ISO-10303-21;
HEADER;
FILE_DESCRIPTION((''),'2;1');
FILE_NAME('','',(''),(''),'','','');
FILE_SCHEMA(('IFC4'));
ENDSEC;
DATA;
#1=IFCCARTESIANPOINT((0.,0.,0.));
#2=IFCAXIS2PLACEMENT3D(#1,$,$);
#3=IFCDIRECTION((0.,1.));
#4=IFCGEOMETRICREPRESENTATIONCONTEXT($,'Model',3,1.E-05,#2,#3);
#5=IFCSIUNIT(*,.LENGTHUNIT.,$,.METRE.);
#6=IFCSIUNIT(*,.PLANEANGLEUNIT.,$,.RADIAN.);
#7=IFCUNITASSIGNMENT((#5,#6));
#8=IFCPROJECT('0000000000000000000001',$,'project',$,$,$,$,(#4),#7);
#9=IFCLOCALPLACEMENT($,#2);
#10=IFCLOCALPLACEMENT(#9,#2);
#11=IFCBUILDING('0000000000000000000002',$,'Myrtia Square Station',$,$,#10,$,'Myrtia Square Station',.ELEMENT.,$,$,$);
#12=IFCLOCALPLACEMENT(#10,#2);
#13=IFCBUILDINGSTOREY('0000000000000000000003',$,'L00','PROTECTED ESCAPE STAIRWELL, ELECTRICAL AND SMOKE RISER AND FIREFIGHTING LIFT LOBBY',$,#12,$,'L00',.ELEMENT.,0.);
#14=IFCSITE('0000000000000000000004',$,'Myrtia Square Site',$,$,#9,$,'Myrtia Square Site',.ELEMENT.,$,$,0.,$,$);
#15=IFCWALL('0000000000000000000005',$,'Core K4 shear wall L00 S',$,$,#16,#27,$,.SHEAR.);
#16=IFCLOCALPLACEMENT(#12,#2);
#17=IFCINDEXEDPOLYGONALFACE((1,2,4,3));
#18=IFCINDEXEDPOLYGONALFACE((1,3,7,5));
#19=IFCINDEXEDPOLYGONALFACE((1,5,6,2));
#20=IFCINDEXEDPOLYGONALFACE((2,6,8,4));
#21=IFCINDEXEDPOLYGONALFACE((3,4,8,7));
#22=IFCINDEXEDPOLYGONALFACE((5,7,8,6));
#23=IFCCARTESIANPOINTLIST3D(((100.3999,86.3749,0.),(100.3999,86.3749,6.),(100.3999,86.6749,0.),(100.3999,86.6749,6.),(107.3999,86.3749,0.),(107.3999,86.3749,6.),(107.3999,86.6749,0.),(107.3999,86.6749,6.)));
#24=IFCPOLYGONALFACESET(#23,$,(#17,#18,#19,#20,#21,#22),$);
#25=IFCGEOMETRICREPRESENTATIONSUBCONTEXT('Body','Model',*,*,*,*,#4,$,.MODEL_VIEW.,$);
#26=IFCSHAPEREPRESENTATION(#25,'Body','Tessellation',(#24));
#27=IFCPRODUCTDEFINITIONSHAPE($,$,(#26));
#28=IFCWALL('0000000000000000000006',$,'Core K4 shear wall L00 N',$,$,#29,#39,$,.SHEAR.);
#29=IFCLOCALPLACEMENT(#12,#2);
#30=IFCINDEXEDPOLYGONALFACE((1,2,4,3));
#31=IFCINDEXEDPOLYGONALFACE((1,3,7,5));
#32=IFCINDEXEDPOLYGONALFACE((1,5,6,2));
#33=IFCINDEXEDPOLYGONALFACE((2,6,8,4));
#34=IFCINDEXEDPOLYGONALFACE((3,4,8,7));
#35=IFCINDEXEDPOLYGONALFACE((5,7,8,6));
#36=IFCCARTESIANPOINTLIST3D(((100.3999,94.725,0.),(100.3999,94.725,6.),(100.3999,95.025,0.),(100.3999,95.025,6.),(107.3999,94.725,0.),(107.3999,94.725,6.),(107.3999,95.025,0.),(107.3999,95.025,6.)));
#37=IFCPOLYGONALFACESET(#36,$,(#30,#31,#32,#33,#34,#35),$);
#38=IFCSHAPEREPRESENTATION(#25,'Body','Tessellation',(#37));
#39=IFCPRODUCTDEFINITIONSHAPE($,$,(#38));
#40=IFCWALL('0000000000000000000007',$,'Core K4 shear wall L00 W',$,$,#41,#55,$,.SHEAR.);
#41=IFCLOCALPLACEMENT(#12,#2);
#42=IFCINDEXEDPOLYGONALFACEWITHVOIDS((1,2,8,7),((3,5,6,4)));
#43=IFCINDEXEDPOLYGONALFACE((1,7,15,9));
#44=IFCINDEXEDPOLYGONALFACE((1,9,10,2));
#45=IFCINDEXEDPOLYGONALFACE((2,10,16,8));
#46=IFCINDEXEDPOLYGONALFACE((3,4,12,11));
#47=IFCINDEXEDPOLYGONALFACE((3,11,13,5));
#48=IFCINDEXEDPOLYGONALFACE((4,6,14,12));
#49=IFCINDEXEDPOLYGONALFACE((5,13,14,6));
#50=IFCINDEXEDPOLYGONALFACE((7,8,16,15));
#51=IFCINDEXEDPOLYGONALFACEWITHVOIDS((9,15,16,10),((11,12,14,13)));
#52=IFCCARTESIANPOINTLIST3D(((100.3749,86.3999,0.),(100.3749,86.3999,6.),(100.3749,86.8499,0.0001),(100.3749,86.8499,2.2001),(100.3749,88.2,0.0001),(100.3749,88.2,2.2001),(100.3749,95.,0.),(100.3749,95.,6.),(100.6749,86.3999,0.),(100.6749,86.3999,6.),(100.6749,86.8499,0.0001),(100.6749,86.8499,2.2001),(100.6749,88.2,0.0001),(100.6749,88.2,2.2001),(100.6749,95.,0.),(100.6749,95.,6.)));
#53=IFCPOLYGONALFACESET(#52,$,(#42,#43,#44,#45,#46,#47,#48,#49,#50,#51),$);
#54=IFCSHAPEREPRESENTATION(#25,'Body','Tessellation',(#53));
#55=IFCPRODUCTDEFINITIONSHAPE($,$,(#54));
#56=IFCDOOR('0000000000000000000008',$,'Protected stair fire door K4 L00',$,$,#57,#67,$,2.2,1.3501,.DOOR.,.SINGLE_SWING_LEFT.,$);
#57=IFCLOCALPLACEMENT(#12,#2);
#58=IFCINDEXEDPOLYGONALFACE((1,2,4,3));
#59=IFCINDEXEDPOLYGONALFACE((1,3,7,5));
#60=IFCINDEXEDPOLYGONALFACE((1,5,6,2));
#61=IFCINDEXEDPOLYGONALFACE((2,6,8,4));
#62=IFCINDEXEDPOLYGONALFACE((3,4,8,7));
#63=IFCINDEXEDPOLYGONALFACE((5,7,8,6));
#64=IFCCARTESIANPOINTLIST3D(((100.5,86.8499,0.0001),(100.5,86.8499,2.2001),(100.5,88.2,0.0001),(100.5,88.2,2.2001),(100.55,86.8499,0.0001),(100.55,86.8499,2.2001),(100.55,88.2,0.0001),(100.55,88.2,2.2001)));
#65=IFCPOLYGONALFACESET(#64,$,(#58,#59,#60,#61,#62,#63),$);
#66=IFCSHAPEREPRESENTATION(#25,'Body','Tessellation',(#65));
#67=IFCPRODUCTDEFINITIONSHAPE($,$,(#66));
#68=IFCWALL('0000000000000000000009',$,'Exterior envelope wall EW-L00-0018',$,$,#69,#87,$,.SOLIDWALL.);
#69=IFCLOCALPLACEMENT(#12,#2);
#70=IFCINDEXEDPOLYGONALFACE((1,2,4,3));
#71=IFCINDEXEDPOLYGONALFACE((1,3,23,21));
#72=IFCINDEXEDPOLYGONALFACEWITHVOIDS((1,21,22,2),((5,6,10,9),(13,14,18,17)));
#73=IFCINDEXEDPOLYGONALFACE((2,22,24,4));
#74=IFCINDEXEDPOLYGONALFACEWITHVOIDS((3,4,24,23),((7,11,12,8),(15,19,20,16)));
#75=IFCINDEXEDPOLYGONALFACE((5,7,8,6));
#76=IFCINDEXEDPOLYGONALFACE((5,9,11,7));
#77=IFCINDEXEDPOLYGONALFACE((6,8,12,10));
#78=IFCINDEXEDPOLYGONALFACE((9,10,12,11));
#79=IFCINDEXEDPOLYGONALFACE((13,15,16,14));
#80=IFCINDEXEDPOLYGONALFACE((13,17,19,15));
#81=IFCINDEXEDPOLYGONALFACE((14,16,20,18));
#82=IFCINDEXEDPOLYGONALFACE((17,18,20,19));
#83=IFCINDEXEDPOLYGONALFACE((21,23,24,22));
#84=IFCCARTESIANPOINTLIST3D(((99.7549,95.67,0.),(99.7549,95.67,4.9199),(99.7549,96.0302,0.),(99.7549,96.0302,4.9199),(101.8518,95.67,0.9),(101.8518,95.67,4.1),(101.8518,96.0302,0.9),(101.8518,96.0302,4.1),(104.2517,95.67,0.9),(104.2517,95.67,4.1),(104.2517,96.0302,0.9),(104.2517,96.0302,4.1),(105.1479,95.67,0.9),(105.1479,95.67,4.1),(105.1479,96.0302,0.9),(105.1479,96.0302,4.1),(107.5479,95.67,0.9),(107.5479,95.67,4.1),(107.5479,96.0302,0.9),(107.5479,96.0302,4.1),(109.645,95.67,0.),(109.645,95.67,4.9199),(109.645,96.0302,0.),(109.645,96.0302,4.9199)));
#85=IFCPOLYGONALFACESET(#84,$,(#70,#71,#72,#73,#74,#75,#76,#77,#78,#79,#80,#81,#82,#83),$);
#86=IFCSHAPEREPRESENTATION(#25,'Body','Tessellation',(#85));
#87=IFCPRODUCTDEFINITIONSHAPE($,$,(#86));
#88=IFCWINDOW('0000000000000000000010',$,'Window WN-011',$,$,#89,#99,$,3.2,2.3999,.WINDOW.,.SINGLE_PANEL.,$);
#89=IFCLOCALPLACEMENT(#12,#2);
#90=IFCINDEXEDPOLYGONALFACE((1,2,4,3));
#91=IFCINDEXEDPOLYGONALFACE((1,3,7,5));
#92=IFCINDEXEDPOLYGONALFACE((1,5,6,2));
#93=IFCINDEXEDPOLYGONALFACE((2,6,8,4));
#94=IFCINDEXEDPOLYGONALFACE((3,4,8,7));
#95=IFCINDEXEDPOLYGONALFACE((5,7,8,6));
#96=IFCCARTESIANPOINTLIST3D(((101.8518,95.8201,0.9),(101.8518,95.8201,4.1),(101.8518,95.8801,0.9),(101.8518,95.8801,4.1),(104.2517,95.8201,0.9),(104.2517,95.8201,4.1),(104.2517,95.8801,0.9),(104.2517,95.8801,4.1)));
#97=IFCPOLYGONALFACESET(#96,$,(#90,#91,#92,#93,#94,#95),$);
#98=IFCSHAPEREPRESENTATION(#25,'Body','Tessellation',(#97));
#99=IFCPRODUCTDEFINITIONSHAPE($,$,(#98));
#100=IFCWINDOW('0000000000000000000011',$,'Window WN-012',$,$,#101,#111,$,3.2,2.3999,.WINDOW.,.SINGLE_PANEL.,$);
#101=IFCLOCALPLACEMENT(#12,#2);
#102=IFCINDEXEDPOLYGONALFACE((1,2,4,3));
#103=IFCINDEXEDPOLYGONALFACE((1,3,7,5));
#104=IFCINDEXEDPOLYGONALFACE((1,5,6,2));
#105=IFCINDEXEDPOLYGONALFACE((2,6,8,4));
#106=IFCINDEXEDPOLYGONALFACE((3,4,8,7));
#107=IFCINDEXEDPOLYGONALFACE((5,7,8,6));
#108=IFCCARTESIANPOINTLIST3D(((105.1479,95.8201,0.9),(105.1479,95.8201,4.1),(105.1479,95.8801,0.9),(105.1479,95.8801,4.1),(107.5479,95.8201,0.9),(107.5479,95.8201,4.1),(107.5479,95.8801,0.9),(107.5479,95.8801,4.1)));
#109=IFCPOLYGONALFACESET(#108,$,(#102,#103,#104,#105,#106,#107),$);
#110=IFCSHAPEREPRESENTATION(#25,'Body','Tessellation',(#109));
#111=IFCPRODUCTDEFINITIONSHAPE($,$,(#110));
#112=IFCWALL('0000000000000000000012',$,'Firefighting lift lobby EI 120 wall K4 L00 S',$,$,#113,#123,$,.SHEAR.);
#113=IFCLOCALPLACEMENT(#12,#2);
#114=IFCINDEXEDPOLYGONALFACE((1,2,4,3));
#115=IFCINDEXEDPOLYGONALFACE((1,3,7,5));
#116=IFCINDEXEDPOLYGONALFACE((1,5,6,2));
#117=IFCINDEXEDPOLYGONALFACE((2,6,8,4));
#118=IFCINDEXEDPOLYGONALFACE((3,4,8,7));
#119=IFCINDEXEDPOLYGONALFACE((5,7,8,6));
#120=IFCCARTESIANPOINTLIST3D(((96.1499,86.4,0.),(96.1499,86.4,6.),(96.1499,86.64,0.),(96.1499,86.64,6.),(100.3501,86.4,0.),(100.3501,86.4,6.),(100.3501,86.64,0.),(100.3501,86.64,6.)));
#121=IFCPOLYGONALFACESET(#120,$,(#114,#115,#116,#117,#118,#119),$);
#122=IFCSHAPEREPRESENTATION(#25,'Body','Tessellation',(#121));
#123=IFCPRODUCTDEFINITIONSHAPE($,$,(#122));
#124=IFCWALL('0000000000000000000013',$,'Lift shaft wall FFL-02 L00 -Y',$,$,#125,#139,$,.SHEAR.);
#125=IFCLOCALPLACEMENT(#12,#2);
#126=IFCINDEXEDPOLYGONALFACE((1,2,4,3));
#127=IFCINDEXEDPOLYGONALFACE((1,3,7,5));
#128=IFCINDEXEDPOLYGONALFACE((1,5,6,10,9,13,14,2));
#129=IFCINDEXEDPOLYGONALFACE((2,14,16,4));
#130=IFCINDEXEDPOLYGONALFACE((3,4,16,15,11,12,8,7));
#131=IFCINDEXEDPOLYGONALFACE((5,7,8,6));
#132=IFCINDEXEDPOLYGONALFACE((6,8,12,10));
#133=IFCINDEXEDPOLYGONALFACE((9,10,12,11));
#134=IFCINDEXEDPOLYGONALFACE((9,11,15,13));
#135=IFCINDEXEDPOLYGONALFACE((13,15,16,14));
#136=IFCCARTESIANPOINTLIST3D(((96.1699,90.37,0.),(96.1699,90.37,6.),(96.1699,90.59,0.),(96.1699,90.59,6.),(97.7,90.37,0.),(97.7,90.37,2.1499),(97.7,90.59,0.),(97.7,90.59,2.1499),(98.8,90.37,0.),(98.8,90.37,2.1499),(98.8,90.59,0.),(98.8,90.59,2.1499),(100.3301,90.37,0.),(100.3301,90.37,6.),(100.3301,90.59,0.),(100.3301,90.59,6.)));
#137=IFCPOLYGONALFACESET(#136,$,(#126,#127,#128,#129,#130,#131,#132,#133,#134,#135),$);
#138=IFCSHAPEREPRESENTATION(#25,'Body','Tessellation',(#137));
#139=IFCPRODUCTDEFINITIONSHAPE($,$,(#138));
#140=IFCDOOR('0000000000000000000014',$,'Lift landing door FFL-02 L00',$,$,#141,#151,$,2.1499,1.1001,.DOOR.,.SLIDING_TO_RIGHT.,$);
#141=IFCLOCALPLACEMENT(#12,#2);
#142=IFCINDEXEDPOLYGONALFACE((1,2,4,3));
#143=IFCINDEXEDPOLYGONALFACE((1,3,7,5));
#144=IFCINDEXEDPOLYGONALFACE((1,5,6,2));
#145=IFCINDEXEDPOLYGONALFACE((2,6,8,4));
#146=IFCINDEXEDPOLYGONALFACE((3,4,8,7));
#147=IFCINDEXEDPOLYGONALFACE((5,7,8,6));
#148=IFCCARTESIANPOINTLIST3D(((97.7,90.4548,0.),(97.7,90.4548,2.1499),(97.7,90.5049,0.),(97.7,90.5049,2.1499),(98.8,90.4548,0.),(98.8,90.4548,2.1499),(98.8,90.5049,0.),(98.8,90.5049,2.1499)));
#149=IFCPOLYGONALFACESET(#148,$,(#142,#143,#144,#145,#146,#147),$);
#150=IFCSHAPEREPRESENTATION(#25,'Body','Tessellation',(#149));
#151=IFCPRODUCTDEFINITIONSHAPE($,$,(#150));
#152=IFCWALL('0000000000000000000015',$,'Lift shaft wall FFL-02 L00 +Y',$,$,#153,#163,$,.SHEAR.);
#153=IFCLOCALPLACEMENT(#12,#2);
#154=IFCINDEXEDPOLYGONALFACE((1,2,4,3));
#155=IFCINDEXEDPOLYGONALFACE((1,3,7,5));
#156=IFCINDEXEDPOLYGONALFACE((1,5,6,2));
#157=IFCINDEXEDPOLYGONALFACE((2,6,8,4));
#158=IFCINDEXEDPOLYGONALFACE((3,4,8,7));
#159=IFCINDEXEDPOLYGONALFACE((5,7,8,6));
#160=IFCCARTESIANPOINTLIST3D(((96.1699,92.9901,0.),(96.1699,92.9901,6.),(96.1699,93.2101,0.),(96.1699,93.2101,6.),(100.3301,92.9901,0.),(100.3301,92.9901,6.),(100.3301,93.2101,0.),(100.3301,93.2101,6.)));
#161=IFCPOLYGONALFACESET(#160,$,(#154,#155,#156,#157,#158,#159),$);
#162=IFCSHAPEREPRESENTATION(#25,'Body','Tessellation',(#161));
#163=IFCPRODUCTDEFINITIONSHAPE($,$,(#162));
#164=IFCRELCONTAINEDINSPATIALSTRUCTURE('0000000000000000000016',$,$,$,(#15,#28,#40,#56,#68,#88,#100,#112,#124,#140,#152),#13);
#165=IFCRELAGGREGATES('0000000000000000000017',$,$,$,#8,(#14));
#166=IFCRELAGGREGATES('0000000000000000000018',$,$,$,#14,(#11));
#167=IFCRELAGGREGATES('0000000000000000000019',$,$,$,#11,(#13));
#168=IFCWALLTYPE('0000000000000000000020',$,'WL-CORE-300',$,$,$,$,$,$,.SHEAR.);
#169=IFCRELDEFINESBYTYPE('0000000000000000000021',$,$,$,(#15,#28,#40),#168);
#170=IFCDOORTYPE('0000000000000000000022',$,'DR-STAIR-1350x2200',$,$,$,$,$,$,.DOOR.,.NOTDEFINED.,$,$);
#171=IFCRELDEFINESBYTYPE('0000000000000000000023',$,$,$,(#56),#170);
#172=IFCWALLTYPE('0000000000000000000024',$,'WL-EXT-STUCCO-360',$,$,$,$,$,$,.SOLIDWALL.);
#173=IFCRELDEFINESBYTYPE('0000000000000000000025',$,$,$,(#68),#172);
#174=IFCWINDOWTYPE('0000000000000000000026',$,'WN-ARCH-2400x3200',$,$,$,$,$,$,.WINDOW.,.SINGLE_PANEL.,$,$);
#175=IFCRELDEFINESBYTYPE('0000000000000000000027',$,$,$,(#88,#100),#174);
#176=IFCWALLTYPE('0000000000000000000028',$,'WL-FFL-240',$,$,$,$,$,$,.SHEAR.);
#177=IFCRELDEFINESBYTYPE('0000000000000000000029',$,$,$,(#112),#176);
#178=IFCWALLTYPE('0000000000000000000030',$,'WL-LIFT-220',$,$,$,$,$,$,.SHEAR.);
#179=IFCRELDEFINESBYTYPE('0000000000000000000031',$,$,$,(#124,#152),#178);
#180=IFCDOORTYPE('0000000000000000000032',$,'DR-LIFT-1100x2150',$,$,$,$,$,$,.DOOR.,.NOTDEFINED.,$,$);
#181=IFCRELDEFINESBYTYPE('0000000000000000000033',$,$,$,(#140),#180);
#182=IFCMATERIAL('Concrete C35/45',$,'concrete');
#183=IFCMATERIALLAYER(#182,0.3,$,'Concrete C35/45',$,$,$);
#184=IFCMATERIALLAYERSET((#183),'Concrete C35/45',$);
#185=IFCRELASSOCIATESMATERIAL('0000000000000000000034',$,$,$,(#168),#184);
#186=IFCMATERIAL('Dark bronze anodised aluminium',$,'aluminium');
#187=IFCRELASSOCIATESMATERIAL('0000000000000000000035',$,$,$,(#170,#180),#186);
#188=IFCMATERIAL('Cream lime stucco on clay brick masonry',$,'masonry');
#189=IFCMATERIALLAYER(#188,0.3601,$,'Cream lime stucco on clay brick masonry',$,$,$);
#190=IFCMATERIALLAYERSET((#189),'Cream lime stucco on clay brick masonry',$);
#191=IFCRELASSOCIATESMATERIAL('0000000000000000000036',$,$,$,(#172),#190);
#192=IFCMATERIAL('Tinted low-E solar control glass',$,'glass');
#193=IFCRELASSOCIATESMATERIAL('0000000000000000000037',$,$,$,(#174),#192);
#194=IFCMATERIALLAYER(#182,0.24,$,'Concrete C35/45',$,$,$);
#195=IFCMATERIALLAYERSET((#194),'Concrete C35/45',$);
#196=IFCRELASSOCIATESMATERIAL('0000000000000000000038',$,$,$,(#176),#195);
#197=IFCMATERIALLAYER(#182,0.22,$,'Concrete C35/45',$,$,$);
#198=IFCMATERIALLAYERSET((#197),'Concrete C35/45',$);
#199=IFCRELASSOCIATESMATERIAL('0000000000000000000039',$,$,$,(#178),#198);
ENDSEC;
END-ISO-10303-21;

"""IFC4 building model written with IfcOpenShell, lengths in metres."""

from ifc_helpers import new_model, si_unit, direction, frame, frame_2d, origin, place, context, subcontext, project, spatial, rectangle, extrude, material, layer, layer_set, type_object, element, fill, save


model = new_model("IFC4")

# Units and contexts
model_context = context("Model", 3, precision=1e-05, world=origin(), true_north=direction((0.0, 1.0)))
body_context = subcontext(model_context, "Body", "Model", "MODEL_VIEW")
ifc_project = project(units=[si_unit("LENGTHUNIT", "METRE"), si_unit("PLANEANGLEUNIT", "RADIAN")], contexts=[model_context])

# Site, building, storey
site_placement = place(None, origin())
site = spatial("IfcSite", under=ifc_project, at=site_placement, Name="Myrtia Square Site", LongName="Myrtia Square Site", CompositionType="ELEMENT", RefElevation=0.0)
building_placement = place(site_placement, origin())
building = spatial("IfcBuilding", under=site, at=building_placement, Name="Myrtia Square Station", LongName="Myrtia Square Station", CompositionType="ELEMENT")
storey_placement = place(building_placement, origin())
storey = spatial("IfcBuildingStorey", under=building, at=storey_placement, Name="L00", Description="PROTECTED ESCAPE STAIRWELL, ELECTRICAL AND SMOKE RISER AND FIREFIGHTING LIFT LOBBY", LongName="L00", CompositionType="ELEMENT", Elevation=0.0)

# Walls
ifc_material_1 = material(Name="Concrete C35/45", Category="concrete")
ifc_layer_1 = layer(ifc_material_1, 0.3, Name="Concrete C35/45")
ifc_layer_set_1 = layer_set([ifc_layer_1], Name="Concrete C35/45")
wall_type_1 = type_object("IfcWallType", Name="WL-CORE-300", PredefinedType="SHEAR", material=ifc_layer_set_1)
for number, where, z_axis, x_axis, name in (
    (1, (100.3999, 86.5249, 0.0), (0.0, 0.0, 1.0), (1.0, 0.0, 0.0), "Core K4 shear wall L00 S"),
    (2, (100.3999, 94.875, 0.0), (0.0, 0.0, 1.0), (1.0, 0.0, 0.0), "Core K4 shear wall L00 N"),
):
    element("IfcWall", number, at=place(storey_placement, frame(where, z_axis=z_axis, x_axis=x_axis)), inside=storey, type_object=wall_type_1, Name=name, PredefinedType="SHEAR", context=body_context, shape_type="SweptSolid", body=[
        extrude(rectangle(XDim=7.0, YDim=0.3, at=frame_2d((3.5, 0.0))), origin(), (0.0, 0.0, 1.0), 6.0),
    ])

# Wall, opening, door
wall_1_placement = place(storey_placement, frame((100.5249, 86.3999, 0.0), z_axis=(0.0, 0.0, 1.0), x_axis=(0.0, 1.0, 0.0)))
wall_1 = element("IfcWall", 3, at=wall_1_placement, inside=storey, type_object=wall_type_1, Name="Core K4 shear wall L00 W", PredefinedType="SHEAR", context=body_context, shape_type="SweptSolid", body=[
    extrude(rectangle(XDim=8.6001, YDim=0.3, at=frame_2d((4.3, 0.0))), origin(), (0.0, 0.0, 1.0), 6.0),
])
opening_1_placement = place(wall_1_placement, frame((0.45, 0.0, 0.0)))
opening_1 = element("IfcOpeningElement", 4, at=opening_1_placement, cuts=wall_1, PredefinedType="OPENING", context=body_context, shape_type="SweptSolid", body=[
    extrude(rectangle(XDim=1.3501, YDim=2.2, at=frame_2d((0.675, 1.1001))), frame((0.0, 0.165, 0.0), z_axis=(0.0, -1.0, 0.0), x_axis=(1.0, 0.0, 0.0)), (0.0, 0.0, 1.0), 0.3301),
])
ifc_material_2 = material(Name="Dark bronze anodised aluminium", Category="aluminium")
door_type_1 = type_object("IfcDoorType", Name="DR-STAIR-1350x2200", OperationType="NOTDEFINED", PredefinedType="DOOR", material=ifc_material_2)
door_1_placement = place(opening_1_placement, origin())
door_1 = element("IfcDoor", 5, at=door_1_placement, inside=storey, type_object=door_type_1, Name="Protected stair fire door K4 L00", OperationType="SINGLE_SWING_LEFT", OverallHeight=2.2, OverallWidth=1.3501, PredefinedType="DOOR", context=body_context, shape_type="SweptSolid", body=[
    extrude(rectangle(XDim=1.3501, YDim=2.2, at=frame_2d((0.675, 1.1001))), frame((0.0, 0.0249, 0.0), z_axis=(0.0, -1.0, 0.0), x_axis=(1.0, 0.0, 0.0)), (0.0, 0.0, 1.0), 0.05),
])
fill(opening_1, door_1)

# Wall, openings, windows
ifc_material_3 = material(Name="Cream lime stucco on clay brick masonry", Category="masonry")
ifc_layer_2 = layer(ifc_material_3, 0.3601, Name="Cream lime stucco on clay brick masonry")
ifc_layer_set_2 = layer_set([ifc_layer_2], Name="Cream lime stucco on clay brick masonry")
wall_type_2 = type_object("IfcWallType", Name="WL-EXT-STUCCO-360", PredefinedType="SOLIDWALL", material=ifc_layer_set_2)
wall_2_placement = place(storey_placement, frame((99.7549, 95.8501, 0.0), z_axis=(0.0, 0.0, 1.0), x_axis=(1.0, 0.0, 0.0)))
wall_2 = element("IfcWall", 6, at=wall_2_placement, inside=storey, type_object=wall_type_2, Name="Exterior envelope wall EW-L00-0018", PredefinedType="SOLIDWALL", context=body_context, shape_type="SweptSolid", body=[
    extrude(rectangle(XDim=9.8901, YDim=0.3601, at=frame_2d((4.9451, 0.0))), origin(), (0.0, 0.0, 1.0), 4.9199),
])
opening_2_placement = place(wall_2_placement, frame((2.0969, 0.0, 0.8999)))
opening_2 = element("IfcOpeningElement", 7, at=opening_2_placement, cuts=wall_2, PredefinedType="OPENING", context=body_context, shape_type="SweptSolid", body=[
    extrude(rectangle(XDim=2.3999, YDim=3.2, at=frame_2d((1.2, 1.6001))), frame((0.0, 0.1951, 0.0), z_axis=(0.0, -1.0, 0.0), x_axis=(1.0, 0.0, 0.0)), (0.0, 0.0, 1.0), 0.3901),
])
opening_3_placement = place(wall_2_placement, frame((5.3931, 0.0, 0.8999)))
opening_3 = element("IfcOpeningElement", 8, at=opening_3_placement, cuts=wall_2, PredefinedType="OPENING", context=body_context, shape_type="SweptSolid", body=[
    extrude(rectangle(XDim=2.3999, YDim=3.2, at=frame_2d((1.2, 1.6001))), frame((0.0, 0.1951, 0.0), z_axis=(0.0, -1.0, 0.0), x_axis=(1.0, 0.0, 0.0)), (0.0, 0.0, 1.0), 0.3901),
])
ifc_material_4 = material(Name="Tinted low-E solar control glass", Category="glass")
window_type = type_object("IfcWindowType", Name="WN-ARCH-2400x3200", PartitioningType="SINGLE_PANEL", PredefinedType="WINDOW", material=ifc_material_4)
window_1_placement = place(opening_2_placement, origin())
window_1 = element("IfcWindow", 9, at=window_1_placement, inside=storey, type_object=window_type, Name="Window WN-011", OverallHeight=3.2, OverallWidth=2.3999, PartitioningType="SINGLE_PANEL", PredefinedType="WINDOW", context=body_context, shape_type="SweptSolid", body=[
    extrude(rectangle(XDim=2.3999, YDim=3.2, at=frame_2d((1.2, 1.6001))), frame((0.0, 0.03, 0.0), z_axis=(0.0, -1.0, 0.0), x_axis=(1.0, 0.0, 0.0)), (0.0, 0.0, 1.0), 0.0601),
])
fill(opening_2, window_1)
window_2_placement = place(opening_3_placement, origin())
window_2 = element("IfcWindow", 10, at=window_2_placement, inside=storey, type_object=window_type, Name="Window WN-012", OverallHeight=3.2, OverallWidth=2.3999, PartitioningType="SINGLE_PANEL", PredefinedType="WINDOW", context=body_context, shape_type="SweptSolid", body=[
    extrude(rectangle(XDim=2.3999, YDim=3.2, at=frame_2d((1.2, 1.6001))), frame((0.0, 0.03, 0.0), z_axis=(0.0, -1.0, 0.0), x_axis=(1.0, 0.0, 0.0)), (0.0, 0.0, 1.0), 0.0601),
])
fill(opening_3, window_2)

# Wall
ifc_layer_3 = layer(ifc_material_1, 0.24, Name="Concrete C35/45")
ifc_layer_set_3 = layer_set([ifc_layer_3], Name="Concrete C35/45")
wall_type_3 = type_object("IfcWallType", Name="WL-FFL-240", PredefinedType="SHEAR", material=ifc_layer_set_3)
wall_3_placement = place(storey_placement, frame((96.1499, 86.52, 0.0), z_axis=(0.0, 0.0, 1.0), x_axis=(1.0, 0.0, 0.0)))
element("IfcWall", 11, at=wall_3_placement, inside=storey, type_object=wall_type_3, Name="Firefighting lift lobby EI 120 wall K4 L00 S", PredefinedType="SHEAR", context=body_context, shape_type="SweptSolid", body=[
    extrude(rectangle(XDim=4.2002, YDim=0.24, at=frame_2d((2.1001, 0.0))), origin(), (0.0, 0.0, 1.0), 6.0),
])

# Wall, opening, door
ifc_layer_4 = layer(ifc_material_1, 0.22, Name="Concrete C35/45")
ifc_layer_set_4 = layer_set([ifc_layer_4], Name="Concrete C35/45")
wall_type_4 = type_object("IfcWallType", Name="WL-LIFT-220", PredefinedType="SHEAR", material=ifc_layer_set_4)
wall_4_placement = place(storey_placement, frame((96.1699, 90.48, 0.0), z_axis=(0.0, 0.0, 1.0), x_axis=(1.0, 0.0, 0.0)))
wall_4 = element("IfcWall", 12, at=wall_4_placement, inside=storey, type_object=wall_type_4, Name="Lift shaft wall FFL-02 L00 -Y", PredefinedType="SHEAR", context=body_context, shape_type="SweptSolid", body=[
    extrude(rectangle(XDim=4.1602, YDim=0.22, at=frame_2d((2.0801, 0.0))), origin(), (0.0, 0.0, 1.0), 6.0),
])
opening_4_placement = place(wall_4_placement, frame((1.53, 0.0, 0.0)))
opening_4 = element("IfcOpeningElement", 13, at=opening_4_placement, cuts=wall_4, PredefinedType="OPENING", context=body_context, shape_type="SweptSolid", body=[
    extrude(rectangle(XDim=1.1001, YDim=2.1499, at=frame_2d((0.55, 1.075))), frame((0.0, 0.125, 0.0), z_axis=(0.0, -1.0, 0.0), x_axis=(1.0, 0.0, 0.0)), (0.0, 0.0, 1.0), 0.25),
])
door_type_2 = type_object("IfcDoorType", Name="DR-LIFT-1100x2150", OperationType="NOTDEFINED", PredefinedType="DOOR", material=ifc_material_2)
door_2_placement = place(opening_4_placement, origin())
door_2 = element("IfcDoor", 14, at=door_2_placement, inside=storey, type_object=door_type_2, Name="Lift landing door FFL-02 L00", OperationType="SLIDING_TO_RIGHT", OverallHeight=2.1499, OverallWidth=1.1001, PredefinedType="DOOR", context=body_context, shape_type="SweptSolid", body=[
    extrude(rectangle(XDim=1.1001, YDim=2.1499, at=frame_2d((0.55, 1.075))), frame((0.0, 0.0249, 0.0), z_axis=(0.0, -1.0, 0.0), x_axis=(1.0, 0.0, 0.0)), (0.0, 0.0, 1.0), 0.05),
])
fill(opening_4, door_2)

# Wall
wall_5_placement = place(storey_placement, frame((96.1699, 93.1001, 0.0), z_axis=(0.0, 0.0, 1.0), x_axis=(1.0, 0.0, 0.0)))
element("IfcWall", 15, at=wall_5_placement, inside=storey, type_object=wall_type_4, Name="Lift shaft wall FFL-02 L00 +Y", PredefinedType="SHEAR", context=body_context, shape_type="SweptSolid", body=[
    extrude(rectangle(XDim=4.1602, YDim=0.22, at=frame_2d((2.0801, 0.0))), origin(), (0.0, 0.0, 1.0), 6.0),
])

save(model, "model.ifc")
